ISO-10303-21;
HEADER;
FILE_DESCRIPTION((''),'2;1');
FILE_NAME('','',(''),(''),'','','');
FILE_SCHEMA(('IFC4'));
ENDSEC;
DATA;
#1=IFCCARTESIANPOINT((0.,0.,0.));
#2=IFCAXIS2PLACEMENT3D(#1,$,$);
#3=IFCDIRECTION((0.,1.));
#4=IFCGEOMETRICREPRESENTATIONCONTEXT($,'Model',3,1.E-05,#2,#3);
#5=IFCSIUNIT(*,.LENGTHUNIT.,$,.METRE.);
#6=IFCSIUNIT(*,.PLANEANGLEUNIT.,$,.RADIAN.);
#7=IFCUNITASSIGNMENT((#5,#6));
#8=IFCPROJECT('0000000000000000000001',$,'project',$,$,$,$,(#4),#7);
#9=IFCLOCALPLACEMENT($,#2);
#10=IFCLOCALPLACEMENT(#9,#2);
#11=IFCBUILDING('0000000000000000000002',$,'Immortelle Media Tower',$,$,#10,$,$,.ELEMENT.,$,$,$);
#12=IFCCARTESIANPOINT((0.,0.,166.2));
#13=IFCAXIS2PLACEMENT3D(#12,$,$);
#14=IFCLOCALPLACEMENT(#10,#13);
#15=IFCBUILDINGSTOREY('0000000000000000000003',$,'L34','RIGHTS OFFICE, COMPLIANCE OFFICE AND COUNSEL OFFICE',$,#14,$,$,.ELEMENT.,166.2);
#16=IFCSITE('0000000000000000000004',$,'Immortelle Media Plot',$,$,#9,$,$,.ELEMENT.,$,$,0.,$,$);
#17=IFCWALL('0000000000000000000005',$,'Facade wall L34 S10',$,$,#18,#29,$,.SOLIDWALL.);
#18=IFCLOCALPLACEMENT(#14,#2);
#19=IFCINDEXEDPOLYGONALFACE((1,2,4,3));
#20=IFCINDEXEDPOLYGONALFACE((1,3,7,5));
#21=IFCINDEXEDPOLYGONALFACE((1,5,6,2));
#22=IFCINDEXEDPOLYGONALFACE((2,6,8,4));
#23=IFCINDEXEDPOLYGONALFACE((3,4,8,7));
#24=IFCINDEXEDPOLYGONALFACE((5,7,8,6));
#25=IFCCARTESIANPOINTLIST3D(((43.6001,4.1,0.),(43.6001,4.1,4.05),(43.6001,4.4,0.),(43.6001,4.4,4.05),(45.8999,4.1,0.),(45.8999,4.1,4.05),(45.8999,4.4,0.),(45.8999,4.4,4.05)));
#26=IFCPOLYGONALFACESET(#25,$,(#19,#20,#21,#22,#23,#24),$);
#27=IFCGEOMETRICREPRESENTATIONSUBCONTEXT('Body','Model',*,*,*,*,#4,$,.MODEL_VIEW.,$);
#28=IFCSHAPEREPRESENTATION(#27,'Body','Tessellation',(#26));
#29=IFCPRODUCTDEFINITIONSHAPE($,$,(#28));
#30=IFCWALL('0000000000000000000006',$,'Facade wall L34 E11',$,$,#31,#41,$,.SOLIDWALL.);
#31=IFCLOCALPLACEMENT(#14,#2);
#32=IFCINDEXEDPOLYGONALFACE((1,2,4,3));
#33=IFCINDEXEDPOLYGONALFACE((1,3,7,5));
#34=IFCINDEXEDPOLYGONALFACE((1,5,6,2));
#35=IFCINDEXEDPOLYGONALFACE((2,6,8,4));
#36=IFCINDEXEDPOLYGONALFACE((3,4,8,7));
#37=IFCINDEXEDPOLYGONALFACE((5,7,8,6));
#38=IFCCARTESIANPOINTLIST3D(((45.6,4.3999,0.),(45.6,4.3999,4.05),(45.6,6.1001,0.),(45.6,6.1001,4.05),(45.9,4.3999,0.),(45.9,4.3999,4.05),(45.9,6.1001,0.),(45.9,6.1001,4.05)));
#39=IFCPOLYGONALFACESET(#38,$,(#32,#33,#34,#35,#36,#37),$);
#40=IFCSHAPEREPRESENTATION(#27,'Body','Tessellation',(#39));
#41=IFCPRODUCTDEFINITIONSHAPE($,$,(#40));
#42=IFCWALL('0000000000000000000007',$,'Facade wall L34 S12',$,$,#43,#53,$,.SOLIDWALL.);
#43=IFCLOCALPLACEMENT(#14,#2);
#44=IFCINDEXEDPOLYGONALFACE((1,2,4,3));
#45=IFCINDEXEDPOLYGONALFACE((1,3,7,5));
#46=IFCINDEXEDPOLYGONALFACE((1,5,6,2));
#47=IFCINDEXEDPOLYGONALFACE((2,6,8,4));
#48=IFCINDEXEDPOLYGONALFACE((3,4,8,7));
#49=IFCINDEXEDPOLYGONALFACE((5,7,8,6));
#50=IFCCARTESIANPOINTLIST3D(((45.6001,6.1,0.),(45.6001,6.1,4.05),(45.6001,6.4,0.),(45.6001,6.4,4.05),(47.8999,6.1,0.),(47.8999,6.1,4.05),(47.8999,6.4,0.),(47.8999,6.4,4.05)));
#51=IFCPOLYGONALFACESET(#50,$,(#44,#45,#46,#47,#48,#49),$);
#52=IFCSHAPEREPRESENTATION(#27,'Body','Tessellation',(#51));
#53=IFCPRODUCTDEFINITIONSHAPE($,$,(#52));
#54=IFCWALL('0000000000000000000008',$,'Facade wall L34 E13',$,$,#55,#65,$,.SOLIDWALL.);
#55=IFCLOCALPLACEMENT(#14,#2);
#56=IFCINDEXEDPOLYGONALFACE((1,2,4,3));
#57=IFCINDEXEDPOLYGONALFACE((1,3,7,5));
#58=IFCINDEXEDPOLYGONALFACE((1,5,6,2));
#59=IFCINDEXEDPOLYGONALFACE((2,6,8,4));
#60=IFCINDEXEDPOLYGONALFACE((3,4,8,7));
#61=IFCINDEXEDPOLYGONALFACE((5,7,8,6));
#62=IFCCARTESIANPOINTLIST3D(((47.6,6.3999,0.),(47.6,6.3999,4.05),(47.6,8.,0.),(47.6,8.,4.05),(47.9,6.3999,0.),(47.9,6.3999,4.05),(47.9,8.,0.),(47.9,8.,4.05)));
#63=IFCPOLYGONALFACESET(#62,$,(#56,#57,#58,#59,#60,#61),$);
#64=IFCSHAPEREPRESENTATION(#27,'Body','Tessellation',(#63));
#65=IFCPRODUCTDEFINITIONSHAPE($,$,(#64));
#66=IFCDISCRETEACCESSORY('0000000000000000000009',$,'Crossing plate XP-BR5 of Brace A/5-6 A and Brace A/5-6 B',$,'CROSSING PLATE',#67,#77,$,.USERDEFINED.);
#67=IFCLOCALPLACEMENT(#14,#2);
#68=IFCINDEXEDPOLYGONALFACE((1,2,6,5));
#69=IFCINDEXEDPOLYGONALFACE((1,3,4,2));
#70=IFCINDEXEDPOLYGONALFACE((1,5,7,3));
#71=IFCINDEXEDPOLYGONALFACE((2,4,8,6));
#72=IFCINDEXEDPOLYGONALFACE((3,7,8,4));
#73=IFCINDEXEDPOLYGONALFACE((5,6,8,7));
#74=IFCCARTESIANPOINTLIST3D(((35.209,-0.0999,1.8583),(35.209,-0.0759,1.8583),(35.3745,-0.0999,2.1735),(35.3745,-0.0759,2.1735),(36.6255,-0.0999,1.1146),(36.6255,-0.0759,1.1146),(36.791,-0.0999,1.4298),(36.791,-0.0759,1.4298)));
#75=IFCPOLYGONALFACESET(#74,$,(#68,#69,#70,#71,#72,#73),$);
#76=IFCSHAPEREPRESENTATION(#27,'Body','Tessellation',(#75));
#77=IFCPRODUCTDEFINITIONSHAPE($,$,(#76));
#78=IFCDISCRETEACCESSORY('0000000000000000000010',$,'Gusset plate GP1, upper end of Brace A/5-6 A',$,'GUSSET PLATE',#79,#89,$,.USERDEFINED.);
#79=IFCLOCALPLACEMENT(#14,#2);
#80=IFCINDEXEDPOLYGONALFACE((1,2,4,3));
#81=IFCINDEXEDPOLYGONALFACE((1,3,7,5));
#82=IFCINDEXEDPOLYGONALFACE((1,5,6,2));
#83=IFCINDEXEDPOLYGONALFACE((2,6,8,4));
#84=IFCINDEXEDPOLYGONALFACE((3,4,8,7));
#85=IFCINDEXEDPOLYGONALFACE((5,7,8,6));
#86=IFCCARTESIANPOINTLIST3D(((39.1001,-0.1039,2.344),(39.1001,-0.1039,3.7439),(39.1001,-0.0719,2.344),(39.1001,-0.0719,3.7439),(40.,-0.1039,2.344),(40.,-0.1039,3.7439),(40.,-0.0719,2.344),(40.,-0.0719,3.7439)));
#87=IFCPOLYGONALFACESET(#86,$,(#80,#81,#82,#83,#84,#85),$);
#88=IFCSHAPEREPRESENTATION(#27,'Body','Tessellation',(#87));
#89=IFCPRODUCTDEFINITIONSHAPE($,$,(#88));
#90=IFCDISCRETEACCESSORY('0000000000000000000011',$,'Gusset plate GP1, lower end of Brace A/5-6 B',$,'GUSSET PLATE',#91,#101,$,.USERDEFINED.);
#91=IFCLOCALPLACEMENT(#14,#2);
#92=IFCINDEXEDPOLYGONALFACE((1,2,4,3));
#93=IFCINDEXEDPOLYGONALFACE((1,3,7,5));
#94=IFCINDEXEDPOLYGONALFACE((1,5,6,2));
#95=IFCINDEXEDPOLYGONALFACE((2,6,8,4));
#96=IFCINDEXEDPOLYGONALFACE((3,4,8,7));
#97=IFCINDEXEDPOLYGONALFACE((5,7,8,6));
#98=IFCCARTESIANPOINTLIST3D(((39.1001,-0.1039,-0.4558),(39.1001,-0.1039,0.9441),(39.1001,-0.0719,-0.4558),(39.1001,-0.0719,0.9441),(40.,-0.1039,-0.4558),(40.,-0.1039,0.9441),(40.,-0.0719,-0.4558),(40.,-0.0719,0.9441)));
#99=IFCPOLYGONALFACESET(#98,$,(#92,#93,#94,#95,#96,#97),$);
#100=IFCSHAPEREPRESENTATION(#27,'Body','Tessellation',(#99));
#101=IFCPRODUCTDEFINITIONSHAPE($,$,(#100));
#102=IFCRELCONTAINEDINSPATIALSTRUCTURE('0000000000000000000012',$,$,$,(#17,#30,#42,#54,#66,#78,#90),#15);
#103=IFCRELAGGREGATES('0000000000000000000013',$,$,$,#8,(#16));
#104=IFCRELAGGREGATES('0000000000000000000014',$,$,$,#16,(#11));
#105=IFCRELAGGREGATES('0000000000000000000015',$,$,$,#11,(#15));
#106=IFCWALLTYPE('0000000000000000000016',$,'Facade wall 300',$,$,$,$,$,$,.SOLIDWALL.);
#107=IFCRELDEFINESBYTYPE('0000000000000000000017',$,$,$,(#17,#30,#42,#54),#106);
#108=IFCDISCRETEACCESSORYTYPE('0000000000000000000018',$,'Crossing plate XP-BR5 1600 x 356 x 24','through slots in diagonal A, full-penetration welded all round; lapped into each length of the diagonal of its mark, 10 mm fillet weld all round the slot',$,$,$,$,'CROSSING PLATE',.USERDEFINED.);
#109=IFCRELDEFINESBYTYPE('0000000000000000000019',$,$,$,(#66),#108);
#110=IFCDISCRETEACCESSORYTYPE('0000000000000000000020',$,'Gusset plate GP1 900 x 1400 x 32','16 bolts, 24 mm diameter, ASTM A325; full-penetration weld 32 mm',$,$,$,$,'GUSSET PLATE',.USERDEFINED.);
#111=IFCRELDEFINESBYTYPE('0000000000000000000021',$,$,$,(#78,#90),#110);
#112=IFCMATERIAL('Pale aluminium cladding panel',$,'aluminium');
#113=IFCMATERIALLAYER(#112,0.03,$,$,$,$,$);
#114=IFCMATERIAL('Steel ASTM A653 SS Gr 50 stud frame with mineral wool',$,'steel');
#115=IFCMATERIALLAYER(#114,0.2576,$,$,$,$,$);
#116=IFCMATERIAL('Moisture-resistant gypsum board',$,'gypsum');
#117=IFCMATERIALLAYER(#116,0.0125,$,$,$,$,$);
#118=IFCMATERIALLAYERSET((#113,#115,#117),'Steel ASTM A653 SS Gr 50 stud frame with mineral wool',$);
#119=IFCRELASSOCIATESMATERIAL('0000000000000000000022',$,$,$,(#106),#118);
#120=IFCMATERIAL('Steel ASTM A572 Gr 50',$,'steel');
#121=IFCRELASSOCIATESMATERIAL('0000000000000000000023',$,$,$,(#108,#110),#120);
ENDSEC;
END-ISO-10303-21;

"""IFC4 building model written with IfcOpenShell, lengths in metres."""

from ifc_helpers import new_model, si_unit, direction, frame, frame_2d, origin, origin_2d, place, context, subcontext, project, spatial, rectangle, extrude, material, layer, layer_set, material_profile, profile_set, type_object, element, save


model = new_model("IFC4")

# Units and contexts
model_context = context("Model", 3, precision=1e-05, world=origin(), true_north=direction((0.0, 1.0)))
body_context = subcontext(model_context, "Body", "Model", "MODEL_VIEW")
ifc_project = project(units=[si_unit("LENGTHUNIT", "METRE"), si_unit("PLANEANGLEUNIT", "RADIAN")], contexts=[model_context])

# Site, building, storey
site_placement = place(None, origin())
site = spatial("IfcSite", under=ifc_project, at=site_placement, Name="Immortelle Media Plot", CompositionType="ELEMENT", RefElevation=0.0)
building_placement = place(site_placement, origin())
building = spatial("IfcBuilding", under=site, at=building_placement, Name="Immortelle Media Tower", CompositionType="ELEMENT")
storey_placement = place(building_placement, frame((0.0, 0.0, 166.2)))
storey = spatial("IfcBuildingStorey", under=building, at=storey_placement, Name="L34", Description="RIGHTS OFFICE, COMPLIANCE OFFICE AND COUNSEL OFFICE", CompositionType="ELEMENT", Elevation=166.2)

# Walls
ifc_material_1 = material(Name="Pale aluminium cladding panel", Category="aluminium")
ifc_layer_1 = layer(ifc_material_1, 0.03)
ifc_material_2 = material(Name="Steel ASTM A653 SS Gr 50 stud frame with mineral wool", Category="steel")
ifc_layer_2 = layer(ifc_material_2, 0.2576)
ifc_material_3 = material(Name="Moisture-resistant gypsum board", Category="gypsum")
ifc_layer_3 = layer(ifc_material_3, 0.0125)
ifc_layer_set = layer_set([ifc_layer_1, ifc_layer_2, ifc_layer_3], Name="Steel ASTM A653 SS Gr 50 stud frame with mineral wool")
wall_type = type_object("IfcWallType", Name="Facade wall 300", PredefinedType="SOLIDWALL", material=ifc_layer_set)
wall_1_placement = place(storey_placement, frame((43.6001, 4.25, 0.0), z_axis=(0.0, 0.0, 1.0), x_axis=(1.0, 0.0, 0.0)))
element("IfcWall", 1, at=wall_1_placement, inside=storey, type_object=wall_type, Name="Facade wall L34 S10", PredefinedType="SOLIDWALL", context=body_context, shape_type="SweptSolid", body=[
    extrude(rectangle(XDim=2.2998, YDim=0.3, at=frame_2d((1.1499, 0.0))), origin(), (0.0, 0.0, 1.0), 4.05),
])
wall_2_placement = place(storey_placement, frame((45.75, 4.3999, 0.0), z_axis=(0.0, 0.0, 1.0), x_axis=(0.0, 1.0, 0.0)))
element("IfcWall", 2, at=wall_2_placement, inside=storey, type_object=wall_type, Name="Facade wall L34 E11", PredefinedType="SOLIDWALL", context=body_context, shape_type="SweptSolid", body=[
    extrude(rectangle(XDim=1.7002, YDim=0.3, at=frame_2d((0.8501, 0.0))), origin(), (0.0, 0.0, 1.0), 4.05),
])
wall_3_placement = place(storey_placement, frame((45.6001, 6.25, 0.0), z_axis=(0.0, 0.0, 1.0), x_axis=(1.0, 0.0, 0.0)))
element("IfcWall", 3, at=wall_3_placement, inside=storey, type_object=wall_type, Name="Facade wall L34 S12", PredefinedType="SOLIDWALL", context=body_context, shape_type="SweptSolid", body=[
    extrude(rectangle(XDim=2.2998, YDim=0.3, at=frame_2d((1.1499, 0.0))), origin(), (0.0, 0.0, 1.0), 4.05),
])
wall_4_placement = place(storey_placement, frame((47.75, 6.3999, 0.0), z_axis=(0.0, 0.0, 1.0), x_axis=(0.0, 1.0, 0.0)))
element("IfcWall", 4, at=wall_4_placement, inside=storey, type_object=wall_type, Name="Facade wall L34 E13", PredefinedType="SOLIDWALL", context=body_context, shape_type="SweptSolid", body=[
    extrude(rectangle(XDim=1.6001, YDim=0.3, at=frame_2d((0.8, 0.0))), origin(), (0.0, 0.0, 1.0), 4.05),
])

# Discrete accessories
ifc_material_4 = material(Name="Steel ASTM A572 Gr 50", Category="steel")
ifc_material_profile_1 = material_profile(ifc_material_4, rectangle(XDim=0.0239, YDim=0.356, at=origin_2d()), Name="PL 24 x 356")
ifc_profile_set_1 = profile_set([ifc_material_profile_1], Name="Steel ASTM A572 Gr 50")
discrete_accessory_type_1 = type_object("IfcDiscreteAccessoryType", Name="Crossing plate XP-BR5 1600 x 356 x 24", Description="through slots in diagonal A, full-penetration welded all round; lapped into each length of the diagonal of its mark, 10 mm fillet weld all round the slot", ElementType="CROSSING PLATE", PredefinedType="USERDEFINED", material=ifc_profile_set_1)
discrete_accessory_placement = place(storey_placement, frame((35.2917, -0.0879, 2.0159), z_axis=(0.885401, 0.0, -0.464828), x_axis=(0.0, 1.0, 0.0)))
element("IfcDiscreteAccessory", 5, at=discrete_accessory_placement, inside=storey, type_object=discrete_accessory_type_1, Name="Crossing plate XP-BR5 of Brace A/5-6 A and Brace A/5-6 B", ObjectType="CROSSING PLATE", PredefinedType="USERDEFINED", context=body_context, shape_type="SweptSolid", body=[
    extrude(rectangle(XDim=0.0239, YDim=0.356, at=origin_2d()), origin(), (0.0, 0.0, 1.0), 1.5999),
])
ifc_material_profile_2 = material_profile(ifc_material_4, rectangle(XDim=0.032, YDim=1.3999, at=origin_2d()), Name="PL 32 x 1400")
ifc_profile_set_2 = profile_set([ifc_material_profile_2], Name="Steel ASTM A572 Gr 50")
discrete_accessory_type_2 = type_object("IfcDiscreteAccessoryType", Name="Gusset plate GP1 900 x 1400 x 32", Description="16 bolts, 24 mm diameter, ASTM A325; full-penetration weld 32 mm", ElementType="GUSSET PLATE", PredefinedType="USERDEFINED", material=ifc_profile_set_2)
for number, where, z_axis, x_axis, name in (
    (6, (40.0, -0.0879, 3.0439), (-1.0, 0.0, 0.0), (0.0, -1.0, 0.0), "Gusset plate GP1, upper end of Brace A/5-6 A"),
    (7, (40.0, -0.0879, 0.2441), (-1.0, 0.0, 0.0), (0.0, -1.0, 0.0), "Gusset plate GP1, lower end of Brace A/5-6 B"),
):
    element("IfcDiscreteAccessory", number, at=place(storey_placement, frame(where, z_axis=z_axis, x_axis=x_axis)), inside=storey, type_object=discrete_accessory_type_2, Name=name, ObjectType="GUSSET PLATE", PredefinedType="USERDEFINED", context=body_context, shape_type="SweptSolid", body=[
        extrude(rectangle(XDim=0.032, YDim=1.3999, at=origin_2d()), origin(), (0.0, 0.0, 1.0), 0.8999),
    ])

save(model, "model.ifc")
